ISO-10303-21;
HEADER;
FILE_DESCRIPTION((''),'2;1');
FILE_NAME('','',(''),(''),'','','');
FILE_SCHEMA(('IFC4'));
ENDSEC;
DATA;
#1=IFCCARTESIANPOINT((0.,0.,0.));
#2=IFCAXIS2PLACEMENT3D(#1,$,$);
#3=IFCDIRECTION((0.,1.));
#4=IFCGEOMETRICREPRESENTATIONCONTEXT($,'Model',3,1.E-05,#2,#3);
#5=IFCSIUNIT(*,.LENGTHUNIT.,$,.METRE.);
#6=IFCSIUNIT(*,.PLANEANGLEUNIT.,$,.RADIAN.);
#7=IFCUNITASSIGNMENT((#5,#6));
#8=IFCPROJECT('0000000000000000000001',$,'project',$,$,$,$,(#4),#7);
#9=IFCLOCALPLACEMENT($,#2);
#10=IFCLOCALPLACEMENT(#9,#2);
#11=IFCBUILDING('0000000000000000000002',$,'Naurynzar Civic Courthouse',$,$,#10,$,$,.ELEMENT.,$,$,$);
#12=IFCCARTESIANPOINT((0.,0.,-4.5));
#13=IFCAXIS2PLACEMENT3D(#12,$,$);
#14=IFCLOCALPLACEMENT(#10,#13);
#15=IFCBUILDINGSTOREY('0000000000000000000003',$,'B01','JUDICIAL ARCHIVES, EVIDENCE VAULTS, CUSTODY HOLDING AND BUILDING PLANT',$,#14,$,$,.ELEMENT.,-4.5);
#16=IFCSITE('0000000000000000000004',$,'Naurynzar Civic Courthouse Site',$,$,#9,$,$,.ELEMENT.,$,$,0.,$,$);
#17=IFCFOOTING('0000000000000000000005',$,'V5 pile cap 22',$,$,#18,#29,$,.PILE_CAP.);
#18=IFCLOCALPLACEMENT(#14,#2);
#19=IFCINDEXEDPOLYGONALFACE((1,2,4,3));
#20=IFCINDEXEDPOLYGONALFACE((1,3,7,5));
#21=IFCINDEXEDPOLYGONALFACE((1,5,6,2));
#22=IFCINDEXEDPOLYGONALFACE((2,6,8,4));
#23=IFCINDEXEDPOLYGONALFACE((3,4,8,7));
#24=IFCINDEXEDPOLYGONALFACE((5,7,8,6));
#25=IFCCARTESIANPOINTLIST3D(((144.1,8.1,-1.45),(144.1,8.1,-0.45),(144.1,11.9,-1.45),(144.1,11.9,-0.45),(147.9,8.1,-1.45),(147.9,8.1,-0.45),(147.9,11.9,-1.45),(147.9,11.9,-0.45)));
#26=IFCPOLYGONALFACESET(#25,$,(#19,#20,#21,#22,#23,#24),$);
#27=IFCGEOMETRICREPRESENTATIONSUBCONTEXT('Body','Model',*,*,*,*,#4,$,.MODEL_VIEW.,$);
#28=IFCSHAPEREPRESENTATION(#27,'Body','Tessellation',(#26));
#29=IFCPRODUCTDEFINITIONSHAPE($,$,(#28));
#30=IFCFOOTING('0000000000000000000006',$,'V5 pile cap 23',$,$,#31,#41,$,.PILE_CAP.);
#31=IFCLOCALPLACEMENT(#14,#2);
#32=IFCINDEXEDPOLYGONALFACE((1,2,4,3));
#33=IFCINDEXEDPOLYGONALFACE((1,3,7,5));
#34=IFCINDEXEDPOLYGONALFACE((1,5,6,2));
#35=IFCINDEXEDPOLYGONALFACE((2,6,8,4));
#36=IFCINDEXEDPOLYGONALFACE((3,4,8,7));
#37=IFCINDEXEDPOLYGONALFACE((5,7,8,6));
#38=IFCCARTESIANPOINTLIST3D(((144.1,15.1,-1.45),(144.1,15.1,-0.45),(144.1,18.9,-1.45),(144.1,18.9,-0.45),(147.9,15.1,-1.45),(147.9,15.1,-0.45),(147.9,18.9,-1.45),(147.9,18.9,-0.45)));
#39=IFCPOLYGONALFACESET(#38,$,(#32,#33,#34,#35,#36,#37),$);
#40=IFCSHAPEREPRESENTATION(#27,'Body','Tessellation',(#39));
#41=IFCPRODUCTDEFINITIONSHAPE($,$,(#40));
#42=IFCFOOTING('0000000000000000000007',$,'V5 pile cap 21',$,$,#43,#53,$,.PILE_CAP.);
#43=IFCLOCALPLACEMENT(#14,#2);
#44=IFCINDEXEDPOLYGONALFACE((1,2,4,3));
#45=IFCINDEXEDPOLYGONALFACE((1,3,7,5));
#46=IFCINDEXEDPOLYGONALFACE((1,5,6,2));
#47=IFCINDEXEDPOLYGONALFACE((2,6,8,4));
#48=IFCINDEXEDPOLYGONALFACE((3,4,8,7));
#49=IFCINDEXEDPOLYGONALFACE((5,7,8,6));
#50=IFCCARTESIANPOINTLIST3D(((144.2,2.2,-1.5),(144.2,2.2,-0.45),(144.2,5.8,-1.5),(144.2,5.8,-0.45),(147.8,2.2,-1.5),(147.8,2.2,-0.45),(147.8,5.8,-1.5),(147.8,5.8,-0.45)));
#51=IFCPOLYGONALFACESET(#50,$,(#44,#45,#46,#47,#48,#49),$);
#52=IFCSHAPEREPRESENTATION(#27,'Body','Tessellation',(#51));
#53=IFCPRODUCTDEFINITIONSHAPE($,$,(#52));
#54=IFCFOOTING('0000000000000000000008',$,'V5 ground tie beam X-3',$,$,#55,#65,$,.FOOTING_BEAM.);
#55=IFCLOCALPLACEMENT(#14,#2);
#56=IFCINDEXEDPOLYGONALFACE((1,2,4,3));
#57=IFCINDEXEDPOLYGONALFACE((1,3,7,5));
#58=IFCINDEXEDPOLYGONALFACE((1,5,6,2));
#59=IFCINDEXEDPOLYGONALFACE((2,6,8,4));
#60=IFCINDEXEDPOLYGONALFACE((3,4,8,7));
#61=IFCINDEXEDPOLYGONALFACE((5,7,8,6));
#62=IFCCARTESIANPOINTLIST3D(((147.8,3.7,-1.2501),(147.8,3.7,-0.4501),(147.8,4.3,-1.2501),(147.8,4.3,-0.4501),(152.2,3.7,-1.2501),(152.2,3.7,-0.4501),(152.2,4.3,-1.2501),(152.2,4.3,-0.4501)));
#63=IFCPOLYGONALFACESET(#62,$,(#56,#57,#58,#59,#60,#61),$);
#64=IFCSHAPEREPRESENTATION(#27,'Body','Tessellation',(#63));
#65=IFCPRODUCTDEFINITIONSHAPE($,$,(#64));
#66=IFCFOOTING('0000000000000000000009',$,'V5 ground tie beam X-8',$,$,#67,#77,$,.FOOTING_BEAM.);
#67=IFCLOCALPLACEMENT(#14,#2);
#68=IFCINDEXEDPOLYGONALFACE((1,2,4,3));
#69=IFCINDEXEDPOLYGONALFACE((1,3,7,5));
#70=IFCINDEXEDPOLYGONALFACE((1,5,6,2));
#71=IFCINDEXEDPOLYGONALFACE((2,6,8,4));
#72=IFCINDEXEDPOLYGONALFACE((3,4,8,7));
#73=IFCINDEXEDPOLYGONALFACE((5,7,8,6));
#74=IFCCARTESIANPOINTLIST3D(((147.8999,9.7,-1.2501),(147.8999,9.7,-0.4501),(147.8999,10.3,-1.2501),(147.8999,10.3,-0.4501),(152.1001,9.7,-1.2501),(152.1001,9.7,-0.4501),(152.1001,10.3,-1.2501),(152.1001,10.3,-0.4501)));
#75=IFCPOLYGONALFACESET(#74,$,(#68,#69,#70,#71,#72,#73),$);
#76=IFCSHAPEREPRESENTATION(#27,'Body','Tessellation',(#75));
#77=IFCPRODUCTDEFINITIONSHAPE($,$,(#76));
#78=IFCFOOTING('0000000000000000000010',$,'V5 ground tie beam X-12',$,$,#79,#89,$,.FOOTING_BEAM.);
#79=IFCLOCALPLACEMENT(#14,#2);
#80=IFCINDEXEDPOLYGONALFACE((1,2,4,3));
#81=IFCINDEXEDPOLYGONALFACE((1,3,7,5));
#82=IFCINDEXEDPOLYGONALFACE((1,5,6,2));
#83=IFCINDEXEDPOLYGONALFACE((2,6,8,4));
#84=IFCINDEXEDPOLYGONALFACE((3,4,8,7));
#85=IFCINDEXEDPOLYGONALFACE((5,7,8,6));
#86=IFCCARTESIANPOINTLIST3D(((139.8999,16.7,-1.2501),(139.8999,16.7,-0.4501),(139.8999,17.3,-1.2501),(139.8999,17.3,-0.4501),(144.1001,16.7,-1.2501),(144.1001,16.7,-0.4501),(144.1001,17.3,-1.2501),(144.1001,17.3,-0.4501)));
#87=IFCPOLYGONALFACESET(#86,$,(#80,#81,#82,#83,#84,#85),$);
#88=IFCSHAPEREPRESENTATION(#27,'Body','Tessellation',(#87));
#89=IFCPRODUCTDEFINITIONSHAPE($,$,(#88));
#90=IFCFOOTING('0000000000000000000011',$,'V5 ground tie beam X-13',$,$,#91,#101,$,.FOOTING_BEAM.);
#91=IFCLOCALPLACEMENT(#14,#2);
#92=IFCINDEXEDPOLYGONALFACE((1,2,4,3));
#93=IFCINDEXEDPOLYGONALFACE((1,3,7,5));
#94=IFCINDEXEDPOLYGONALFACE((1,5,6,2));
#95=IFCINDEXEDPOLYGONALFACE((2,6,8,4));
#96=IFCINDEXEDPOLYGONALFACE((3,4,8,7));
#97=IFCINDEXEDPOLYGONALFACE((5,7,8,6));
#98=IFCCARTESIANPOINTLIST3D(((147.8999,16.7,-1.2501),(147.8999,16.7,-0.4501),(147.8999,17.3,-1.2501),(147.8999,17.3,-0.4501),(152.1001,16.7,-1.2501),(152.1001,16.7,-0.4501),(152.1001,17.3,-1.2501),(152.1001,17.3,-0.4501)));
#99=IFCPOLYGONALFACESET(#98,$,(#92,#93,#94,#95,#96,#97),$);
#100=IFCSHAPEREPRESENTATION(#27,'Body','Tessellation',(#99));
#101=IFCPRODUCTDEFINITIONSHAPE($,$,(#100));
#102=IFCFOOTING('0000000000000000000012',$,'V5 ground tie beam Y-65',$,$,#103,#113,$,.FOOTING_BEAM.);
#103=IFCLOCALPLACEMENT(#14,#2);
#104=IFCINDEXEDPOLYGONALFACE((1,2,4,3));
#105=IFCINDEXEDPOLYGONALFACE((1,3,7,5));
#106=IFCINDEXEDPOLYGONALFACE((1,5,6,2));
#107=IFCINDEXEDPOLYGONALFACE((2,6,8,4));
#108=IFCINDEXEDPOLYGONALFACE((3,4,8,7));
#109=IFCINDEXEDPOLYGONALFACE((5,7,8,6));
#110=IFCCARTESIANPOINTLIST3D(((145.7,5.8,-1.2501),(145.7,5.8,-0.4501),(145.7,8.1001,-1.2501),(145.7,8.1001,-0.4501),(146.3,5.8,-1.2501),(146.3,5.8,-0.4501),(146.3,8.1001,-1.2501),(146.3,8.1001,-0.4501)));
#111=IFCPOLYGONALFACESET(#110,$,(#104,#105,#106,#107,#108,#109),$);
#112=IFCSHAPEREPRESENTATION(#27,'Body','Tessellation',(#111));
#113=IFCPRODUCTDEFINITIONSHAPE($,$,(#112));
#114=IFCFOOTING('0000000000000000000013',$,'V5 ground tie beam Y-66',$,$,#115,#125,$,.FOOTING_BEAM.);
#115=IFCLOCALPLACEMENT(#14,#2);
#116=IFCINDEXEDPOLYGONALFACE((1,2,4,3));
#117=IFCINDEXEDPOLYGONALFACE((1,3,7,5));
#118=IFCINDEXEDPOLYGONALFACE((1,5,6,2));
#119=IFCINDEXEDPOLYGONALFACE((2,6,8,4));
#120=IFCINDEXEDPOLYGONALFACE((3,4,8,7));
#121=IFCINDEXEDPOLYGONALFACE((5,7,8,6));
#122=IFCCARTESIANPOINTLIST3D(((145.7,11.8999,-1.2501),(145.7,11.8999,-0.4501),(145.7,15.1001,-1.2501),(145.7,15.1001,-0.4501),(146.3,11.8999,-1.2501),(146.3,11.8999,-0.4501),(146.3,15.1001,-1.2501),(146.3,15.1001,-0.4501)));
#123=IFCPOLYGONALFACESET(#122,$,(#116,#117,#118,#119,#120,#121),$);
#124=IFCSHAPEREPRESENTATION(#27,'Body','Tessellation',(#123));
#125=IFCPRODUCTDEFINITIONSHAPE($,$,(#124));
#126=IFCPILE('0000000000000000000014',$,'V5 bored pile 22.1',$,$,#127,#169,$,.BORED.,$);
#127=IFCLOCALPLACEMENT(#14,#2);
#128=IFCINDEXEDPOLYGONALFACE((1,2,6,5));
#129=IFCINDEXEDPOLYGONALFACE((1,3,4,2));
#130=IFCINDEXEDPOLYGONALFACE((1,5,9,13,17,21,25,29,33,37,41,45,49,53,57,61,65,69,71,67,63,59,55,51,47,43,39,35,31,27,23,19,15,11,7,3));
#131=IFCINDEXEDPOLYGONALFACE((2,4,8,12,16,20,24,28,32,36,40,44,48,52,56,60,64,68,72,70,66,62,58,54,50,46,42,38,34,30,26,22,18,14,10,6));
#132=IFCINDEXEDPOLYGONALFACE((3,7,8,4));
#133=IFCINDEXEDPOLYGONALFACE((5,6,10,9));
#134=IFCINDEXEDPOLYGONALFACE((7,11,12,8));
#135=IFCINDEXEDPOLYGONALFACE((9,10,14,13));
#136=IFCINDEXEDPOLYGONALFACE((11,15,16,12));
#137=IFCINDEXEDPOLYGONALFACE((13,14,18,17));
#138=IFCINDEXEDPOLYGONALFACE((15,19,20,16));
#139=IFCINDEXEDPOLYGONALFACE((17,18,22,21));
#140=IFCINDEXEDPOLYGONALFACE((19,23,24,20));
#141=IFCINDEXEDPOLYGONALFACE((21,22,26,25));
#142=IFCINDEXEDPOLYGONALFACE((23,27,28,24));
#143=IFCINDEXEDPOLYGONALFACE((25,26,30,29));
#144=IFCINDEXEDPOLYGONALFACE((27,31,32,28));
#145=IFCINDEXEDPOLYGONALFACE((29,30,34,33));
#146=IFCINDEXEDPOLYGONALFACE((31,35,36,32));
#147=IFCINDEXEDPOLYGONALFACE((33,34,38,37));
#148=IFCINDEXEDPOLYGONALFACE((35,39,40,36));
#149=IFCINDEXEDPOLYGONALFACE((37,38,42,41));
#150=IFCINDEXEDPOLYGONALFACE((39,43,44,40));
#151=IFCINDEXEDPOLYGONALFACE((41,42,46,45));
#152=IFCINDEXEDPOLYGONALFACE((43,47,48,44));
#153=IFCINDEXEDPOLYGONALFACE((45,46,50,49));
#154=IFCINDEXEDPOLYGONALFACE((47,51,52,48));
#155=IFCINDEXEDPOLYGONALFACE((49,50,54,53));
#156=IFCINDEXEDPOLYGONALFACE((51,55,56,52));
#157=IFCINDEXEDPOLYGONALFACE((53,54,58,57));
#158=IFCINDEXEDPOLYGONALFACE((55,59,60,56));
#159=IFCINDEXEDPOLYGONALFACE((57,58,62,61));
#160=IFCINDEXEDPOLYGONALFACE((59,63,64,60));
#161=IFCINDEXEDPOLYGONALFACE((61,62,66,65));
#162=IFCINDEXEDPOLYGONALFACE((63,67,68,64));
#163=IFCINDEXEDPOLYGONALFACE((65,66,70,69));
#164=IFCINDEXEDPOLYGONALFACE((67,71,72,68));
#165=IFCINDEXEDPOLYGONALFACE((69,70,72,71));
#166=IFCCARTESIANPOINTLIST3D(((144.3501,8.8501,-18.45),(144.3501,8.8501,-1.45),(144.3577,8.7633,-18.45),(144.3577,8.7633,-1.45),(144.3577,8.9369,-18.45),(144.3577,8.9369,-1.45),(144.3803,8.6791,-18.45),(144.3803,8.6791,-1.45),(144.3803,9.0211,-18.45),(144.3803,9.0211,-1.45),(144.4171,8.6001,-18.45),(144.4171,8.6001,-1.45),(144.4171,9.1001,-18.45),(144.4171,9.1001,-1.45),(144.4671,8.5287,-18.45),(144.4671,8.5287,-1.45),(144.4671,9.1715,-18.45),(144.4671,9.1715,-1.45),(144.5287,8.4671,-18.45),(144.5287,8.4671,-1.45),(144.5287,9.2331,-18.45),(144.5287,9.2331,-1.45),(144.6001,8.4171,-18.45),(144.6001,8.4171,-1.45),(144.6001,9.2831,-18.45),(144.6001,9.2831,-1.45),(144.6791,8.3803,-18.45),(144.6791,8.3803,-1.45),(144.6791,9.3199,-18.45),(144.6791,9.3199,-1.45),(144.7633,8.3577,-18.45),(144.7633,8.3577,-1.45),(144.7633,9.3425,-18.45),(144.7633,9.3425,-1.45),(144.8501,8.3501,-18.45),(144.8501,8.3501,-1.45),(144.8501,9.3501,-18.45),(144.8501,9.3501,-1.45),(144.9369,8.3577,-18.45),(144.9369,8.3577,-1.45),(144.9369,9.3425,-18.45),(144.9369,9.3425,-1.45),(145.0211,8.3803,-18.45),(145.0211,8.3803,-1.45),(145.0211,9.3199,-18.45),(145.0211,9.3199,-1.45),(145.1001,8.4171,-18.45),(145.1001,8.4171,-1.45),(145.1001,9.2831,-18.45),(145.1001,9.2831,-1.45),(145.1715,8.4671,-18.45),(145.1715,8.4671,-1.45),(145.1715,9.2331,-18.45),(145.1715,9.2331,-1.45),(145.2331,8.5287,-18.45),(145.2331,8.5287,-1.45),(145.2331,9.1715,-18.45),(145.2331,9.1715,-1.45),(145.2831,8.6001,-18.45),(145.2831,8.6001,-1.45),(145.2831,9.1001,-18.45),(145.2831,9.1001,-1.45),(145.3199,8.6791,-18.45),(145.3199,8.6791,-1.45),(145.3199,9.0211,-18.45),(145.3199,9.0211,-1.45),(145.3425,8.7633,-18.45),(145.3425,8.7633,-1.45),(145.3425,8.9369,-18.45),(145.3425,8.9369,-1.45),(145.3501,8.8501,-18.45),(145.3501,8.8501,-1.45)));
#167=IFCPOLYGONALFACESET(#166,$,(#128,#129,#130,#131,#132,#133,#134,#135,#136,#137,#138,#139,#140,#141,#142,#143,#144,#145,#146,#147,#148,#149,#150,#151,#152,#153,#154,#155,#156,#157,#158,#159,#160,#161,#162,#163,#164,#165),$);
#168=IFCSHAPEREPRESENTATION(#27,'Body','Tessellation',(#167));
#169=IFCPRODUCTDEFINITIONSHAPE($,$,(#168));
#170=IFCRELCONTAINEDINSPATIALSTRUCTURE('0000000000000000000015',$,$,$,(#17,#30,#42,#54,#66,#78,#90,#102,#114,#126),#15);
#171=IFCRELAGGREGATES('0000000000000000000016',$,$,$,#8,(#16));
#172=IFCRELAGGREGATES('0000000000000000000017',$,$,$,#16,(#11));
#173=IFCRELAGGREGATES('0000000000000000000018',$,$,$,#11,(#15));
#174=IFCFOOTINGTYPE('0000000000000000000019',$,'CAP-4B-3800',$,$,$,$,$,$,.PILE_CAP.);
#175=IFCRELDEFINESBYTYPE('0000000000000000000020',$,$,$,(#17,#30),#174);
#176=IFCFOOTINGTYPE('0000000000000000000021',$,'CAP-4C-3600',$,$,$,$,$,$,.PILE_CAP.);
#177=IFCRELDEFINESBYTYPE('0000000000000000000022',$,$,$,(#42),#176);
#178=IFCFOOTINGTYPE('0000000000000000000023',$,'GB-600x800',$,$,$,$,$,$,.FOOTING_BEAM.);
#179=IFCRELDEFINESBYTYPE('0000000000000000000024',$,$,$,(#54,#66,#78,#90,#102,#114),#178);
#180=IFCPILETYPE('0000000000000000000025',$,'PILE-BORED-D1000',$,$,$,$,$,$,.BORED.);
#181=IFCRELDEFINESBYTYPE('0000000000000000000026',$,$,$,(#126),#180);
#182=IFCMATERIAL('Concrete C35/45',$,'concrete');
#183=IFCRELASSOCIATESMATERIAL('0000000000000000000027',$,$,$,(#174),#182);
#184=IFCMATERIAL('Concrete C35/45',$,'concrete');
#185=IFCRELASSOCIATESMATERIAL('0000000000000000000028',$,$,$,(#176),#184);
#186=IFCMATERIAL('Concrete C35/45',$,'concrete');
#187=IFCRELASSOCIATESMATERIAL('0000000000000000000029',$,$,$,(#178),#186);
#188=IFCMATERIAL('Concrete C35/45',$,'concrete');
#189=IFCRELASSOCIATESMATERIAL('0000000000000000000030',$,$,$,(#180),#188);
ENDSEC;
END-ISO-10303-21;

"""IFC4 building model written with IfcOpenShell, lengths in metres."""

from ifc_helpers import new_model, si_unit, direction, frame, origin, origin_2d, place, context, subcontext, project, spatial, rectangle, circle, extrude, material, material_profile, profile_set, type_object, element, save


model = new_model("IFC4")

# Units and contexts
model_context = context("Model", 3, precision=1e-05, world=origin(), true_north=direction((0.0, 1.0)))
body_context = subcontext(model_context, "Body", "Model", "MODEL_VIEW")
ifc_project = project(units=[si_unit("LENGTHUNIT", "METRE"), si_unit("PLANEANGLEUNIT", "RADIAN")], contexts=[model_context])

# Site, building, storey
site_placement = place(None, origin())
site = spatial("IfcSite", under=ifc_project, at=site_placement, Name="Naurynzar Civic Courthouse Site", CompositionType="ELEMENT", RefElevation=0.0)
building_placement = place(site_placement, origin())
building = spatial("IfcBuilding", under=site, at=building_placement, Name="Naurynzar Civic Courthouse", CompositionType="ELEMENT")
storey_placement = place(building_placement, frame((0.0, 0.0, -4.5)))
storey = spatial("IfcBuildingStorey", under=building, at=storey_placement, Name="B01", Description="JUDICIAL ARCHIVES, EVIDENCE VAULTS, CUSTODY HOLDING AND BUILDING PLANT", CompositionType="ELEMENT", Elevation=-4.5)

# Footings
ifc_material_1 = material(Name="Concrete C35/45", Category="concrete")
footing_type_1 = type_object("IfcFootingType", Name="CAP-4B-3800", PredefinedType="PILE_CAP", material=ifc_material_1)
for number, where, z_axis, x_axis, name in (
    (1, (146.0, 10.0, -1.45), (0.0, 0.0, 1.0), (1.0, 0.0, 0.0), "V5 pile cap 22"),
    (2, (146.0, 17.0, -1.45), (0.0, 0.0, 1.0), (1.0, 0.0, 0.0), "V5 pile cap 23"),
):
    element("IfcFooting", number, at=place(storey_placement, frame(where, z_axis=z_axis, x_axis=x_axis)), inside=storey, type_object=footing_type_1, Name=name, PredefinedType="PILE_CAP", context=body_context, shape_type="SweptSolid", body=[
        extrude(rectangle(XDim=3.8, YDim=3.8, at=origin_2d()), origin(), (0.0, 0.0, 1.0), 1.0),
    ])
ifc_material_2 = material(Name="Concrete C35/45", Category="concrete")
footing_type_2 = type_object("IfcFootingType", Name="CAP-4C-3600", PredefinedType="PILE_CAP", material=ifc_material_2)
footing_1_placement = place(storey_placement, frame((146.0, 4.0, -1.5), z_axis=(0.0, 0.0, 1.0), x_axis=(1.0, 0.0, 0.0)))
element("IfcFooting", 3, at=footing_1_placement, inside=storey, type_object=footing_type_2, Name="V5 pile cap 21", PredefinedType="PILE_CAP", context=body_context, shape_type="SweptSolid", body=[
    extrude(rectangle(XDim=3.6001, YDim=3.6001, at=origin_2d()), origin(), (0.0, 0.0, 1.0), 1.05),
])
ifc_material_3 = material(Name="Concrete C35/45", Category="concrete")
ifc_material_profile_1 = material_profile(ifc_material_3, rectangle(XDim=0.6001, YDim=0.8, at=origin_2d()), Name="GB 600x800")
ifc_profile_set_1 = profile_set([ifc_material_profile_1], Name="Concrete C35/45")
footing_type_3 = type_object("IfcFootingType", Name="GB-600x800", PredefinedType="FOOTING_BEAM", material=ifc_profile_set_1)
footing_2_placement = place(storey_placement, frame((147.8, 4.0, -0.8501), z_axis=(1.0, 0.0, 0.0), x_axis=(0.0, 1.0, 0.0)))
element("IfcFooting", 4, at=footing_2_placement, inside=storey, type_object=footing_type_3, Name="V5 ground tie beam X-3", PredefinedType="FOOTING_BEAM", context=body_context, shape_type="SweptSolid", body=[
    extrude(rectangle(XDim=0.6001, YDim=0.8, at=origin_2d()), origin(), (0.0, 0.0, 1.0), 4.3999),
])
for number, where, z_axis, x_axis, name in (
    (5, (147.8999, 10.0, -0.8501), (1.0, 0.0, 0.0), (0.0, 1.0, 0.0), "V5 ground tie beam X-8"),
    (6, (139.8999, 17.0, -0.8501), (1.0, 0.0, 0.0), (0.0, 1.0, 0.0), "V5 ground tie beam X-12"),
    (7, (147.8999, 17.0, -0.8501), (1.0, 0.0, 0.0), (0.0, 1.0, 0.0), "V5 ground tie beam X-13"),
):
    element("IfcFooting", number, at=place(storey_placement, frame(where, z_axis=z_axis, x_axis=x_axis)), inside=storey, type_object=footing_type_3, Name=name, PredefinedType="FOOTING_BEAM", context=body_context, shape_type="SweptSolid", body=[
        extrude(rectangle(XDim=0.6001, YDim=0.8, at=origin_2d()), origin(), (0.0, 0.0, 1.0), 4.2002),
    ])
footing_3_placement = place(storey_placement, frame((146.0, 5.8, -0.8501), z_axis=(0.0, 1.0, 0.0), x_axis=(-1.0, 0.0, 0.0)))
element("IfcFooting", 8, at=footing_3_placement, inside=storey, type_object=footing_type_3, Name="V5 ground tie beam Y-65", PredefinedType="FOOTING_BEAM", context=body_context, shape_type="SweptSolid", body=[
    extrude(rectangle(XDim=0.6001, YDim=0.8, at=origin_2d()), origin(), (0.0, 0.0, 1.0), 2.3),
])
footing_4_placement = place(storey_placement, frame((146.0, 11.8999, -0.8501), z_axis=(0.0, 1.0, 0.0), x_axis=(-1.0, 0.0, 0.0)))
element("IfcFooting", 9, at=footing_4_placement, inside=storey, type_object=footing_type_3, Name="V5 ground tie beam Y-66", PredefinedType="FOOTING_BEAM", context=body_context, shape_type="SweptSolid", body=[
    extrude(rectangle(XDim=0.6001, YDim=0.8, at=origin_2d()), origin(), (0.0, 0.0, 1.0), 3.2002),
])

# Pile
ifc_material_4 = material(Name="Concrete C35/45", Category="concrete")
ifc_material_profile_2 = material_profile(ifc_material_4, circle(Radius=0.5, at=origin_2d()), Name="PILE D1000")
ifc_profile_set_2 = profile_set([ifc_material_profile_2], Name="Concrete C35/45")
pile_type_1 = type_object("IfcPileType", Name="PILE-BORED-D1000", PredefinedType="BORED", material=ifc_profile_set_2)
for number, where, z_axis, x_axis, name in (
    (10, (144.8501, 8.8501, -1.45), (0.0, 0.0, -1.0), (1.0, 0.0, 0.0), "V5 bored pile 22.1"),
):
    element("IfcPile", number, at=place(storey_placement, frame(where, z_axis=z_axis, x_axis=x_axis)), inside=storey, type_object=pile_type_1, Name=name, PredefinedType="BORED", context=body_context, shape_type="SweptSolid", body=[
        extrude(circle(Radius=0.5, at=origin_2d()), origin(), (0.0, 0.0, 1.0), 17.0),
    ])

save(model, "model.ifc")
